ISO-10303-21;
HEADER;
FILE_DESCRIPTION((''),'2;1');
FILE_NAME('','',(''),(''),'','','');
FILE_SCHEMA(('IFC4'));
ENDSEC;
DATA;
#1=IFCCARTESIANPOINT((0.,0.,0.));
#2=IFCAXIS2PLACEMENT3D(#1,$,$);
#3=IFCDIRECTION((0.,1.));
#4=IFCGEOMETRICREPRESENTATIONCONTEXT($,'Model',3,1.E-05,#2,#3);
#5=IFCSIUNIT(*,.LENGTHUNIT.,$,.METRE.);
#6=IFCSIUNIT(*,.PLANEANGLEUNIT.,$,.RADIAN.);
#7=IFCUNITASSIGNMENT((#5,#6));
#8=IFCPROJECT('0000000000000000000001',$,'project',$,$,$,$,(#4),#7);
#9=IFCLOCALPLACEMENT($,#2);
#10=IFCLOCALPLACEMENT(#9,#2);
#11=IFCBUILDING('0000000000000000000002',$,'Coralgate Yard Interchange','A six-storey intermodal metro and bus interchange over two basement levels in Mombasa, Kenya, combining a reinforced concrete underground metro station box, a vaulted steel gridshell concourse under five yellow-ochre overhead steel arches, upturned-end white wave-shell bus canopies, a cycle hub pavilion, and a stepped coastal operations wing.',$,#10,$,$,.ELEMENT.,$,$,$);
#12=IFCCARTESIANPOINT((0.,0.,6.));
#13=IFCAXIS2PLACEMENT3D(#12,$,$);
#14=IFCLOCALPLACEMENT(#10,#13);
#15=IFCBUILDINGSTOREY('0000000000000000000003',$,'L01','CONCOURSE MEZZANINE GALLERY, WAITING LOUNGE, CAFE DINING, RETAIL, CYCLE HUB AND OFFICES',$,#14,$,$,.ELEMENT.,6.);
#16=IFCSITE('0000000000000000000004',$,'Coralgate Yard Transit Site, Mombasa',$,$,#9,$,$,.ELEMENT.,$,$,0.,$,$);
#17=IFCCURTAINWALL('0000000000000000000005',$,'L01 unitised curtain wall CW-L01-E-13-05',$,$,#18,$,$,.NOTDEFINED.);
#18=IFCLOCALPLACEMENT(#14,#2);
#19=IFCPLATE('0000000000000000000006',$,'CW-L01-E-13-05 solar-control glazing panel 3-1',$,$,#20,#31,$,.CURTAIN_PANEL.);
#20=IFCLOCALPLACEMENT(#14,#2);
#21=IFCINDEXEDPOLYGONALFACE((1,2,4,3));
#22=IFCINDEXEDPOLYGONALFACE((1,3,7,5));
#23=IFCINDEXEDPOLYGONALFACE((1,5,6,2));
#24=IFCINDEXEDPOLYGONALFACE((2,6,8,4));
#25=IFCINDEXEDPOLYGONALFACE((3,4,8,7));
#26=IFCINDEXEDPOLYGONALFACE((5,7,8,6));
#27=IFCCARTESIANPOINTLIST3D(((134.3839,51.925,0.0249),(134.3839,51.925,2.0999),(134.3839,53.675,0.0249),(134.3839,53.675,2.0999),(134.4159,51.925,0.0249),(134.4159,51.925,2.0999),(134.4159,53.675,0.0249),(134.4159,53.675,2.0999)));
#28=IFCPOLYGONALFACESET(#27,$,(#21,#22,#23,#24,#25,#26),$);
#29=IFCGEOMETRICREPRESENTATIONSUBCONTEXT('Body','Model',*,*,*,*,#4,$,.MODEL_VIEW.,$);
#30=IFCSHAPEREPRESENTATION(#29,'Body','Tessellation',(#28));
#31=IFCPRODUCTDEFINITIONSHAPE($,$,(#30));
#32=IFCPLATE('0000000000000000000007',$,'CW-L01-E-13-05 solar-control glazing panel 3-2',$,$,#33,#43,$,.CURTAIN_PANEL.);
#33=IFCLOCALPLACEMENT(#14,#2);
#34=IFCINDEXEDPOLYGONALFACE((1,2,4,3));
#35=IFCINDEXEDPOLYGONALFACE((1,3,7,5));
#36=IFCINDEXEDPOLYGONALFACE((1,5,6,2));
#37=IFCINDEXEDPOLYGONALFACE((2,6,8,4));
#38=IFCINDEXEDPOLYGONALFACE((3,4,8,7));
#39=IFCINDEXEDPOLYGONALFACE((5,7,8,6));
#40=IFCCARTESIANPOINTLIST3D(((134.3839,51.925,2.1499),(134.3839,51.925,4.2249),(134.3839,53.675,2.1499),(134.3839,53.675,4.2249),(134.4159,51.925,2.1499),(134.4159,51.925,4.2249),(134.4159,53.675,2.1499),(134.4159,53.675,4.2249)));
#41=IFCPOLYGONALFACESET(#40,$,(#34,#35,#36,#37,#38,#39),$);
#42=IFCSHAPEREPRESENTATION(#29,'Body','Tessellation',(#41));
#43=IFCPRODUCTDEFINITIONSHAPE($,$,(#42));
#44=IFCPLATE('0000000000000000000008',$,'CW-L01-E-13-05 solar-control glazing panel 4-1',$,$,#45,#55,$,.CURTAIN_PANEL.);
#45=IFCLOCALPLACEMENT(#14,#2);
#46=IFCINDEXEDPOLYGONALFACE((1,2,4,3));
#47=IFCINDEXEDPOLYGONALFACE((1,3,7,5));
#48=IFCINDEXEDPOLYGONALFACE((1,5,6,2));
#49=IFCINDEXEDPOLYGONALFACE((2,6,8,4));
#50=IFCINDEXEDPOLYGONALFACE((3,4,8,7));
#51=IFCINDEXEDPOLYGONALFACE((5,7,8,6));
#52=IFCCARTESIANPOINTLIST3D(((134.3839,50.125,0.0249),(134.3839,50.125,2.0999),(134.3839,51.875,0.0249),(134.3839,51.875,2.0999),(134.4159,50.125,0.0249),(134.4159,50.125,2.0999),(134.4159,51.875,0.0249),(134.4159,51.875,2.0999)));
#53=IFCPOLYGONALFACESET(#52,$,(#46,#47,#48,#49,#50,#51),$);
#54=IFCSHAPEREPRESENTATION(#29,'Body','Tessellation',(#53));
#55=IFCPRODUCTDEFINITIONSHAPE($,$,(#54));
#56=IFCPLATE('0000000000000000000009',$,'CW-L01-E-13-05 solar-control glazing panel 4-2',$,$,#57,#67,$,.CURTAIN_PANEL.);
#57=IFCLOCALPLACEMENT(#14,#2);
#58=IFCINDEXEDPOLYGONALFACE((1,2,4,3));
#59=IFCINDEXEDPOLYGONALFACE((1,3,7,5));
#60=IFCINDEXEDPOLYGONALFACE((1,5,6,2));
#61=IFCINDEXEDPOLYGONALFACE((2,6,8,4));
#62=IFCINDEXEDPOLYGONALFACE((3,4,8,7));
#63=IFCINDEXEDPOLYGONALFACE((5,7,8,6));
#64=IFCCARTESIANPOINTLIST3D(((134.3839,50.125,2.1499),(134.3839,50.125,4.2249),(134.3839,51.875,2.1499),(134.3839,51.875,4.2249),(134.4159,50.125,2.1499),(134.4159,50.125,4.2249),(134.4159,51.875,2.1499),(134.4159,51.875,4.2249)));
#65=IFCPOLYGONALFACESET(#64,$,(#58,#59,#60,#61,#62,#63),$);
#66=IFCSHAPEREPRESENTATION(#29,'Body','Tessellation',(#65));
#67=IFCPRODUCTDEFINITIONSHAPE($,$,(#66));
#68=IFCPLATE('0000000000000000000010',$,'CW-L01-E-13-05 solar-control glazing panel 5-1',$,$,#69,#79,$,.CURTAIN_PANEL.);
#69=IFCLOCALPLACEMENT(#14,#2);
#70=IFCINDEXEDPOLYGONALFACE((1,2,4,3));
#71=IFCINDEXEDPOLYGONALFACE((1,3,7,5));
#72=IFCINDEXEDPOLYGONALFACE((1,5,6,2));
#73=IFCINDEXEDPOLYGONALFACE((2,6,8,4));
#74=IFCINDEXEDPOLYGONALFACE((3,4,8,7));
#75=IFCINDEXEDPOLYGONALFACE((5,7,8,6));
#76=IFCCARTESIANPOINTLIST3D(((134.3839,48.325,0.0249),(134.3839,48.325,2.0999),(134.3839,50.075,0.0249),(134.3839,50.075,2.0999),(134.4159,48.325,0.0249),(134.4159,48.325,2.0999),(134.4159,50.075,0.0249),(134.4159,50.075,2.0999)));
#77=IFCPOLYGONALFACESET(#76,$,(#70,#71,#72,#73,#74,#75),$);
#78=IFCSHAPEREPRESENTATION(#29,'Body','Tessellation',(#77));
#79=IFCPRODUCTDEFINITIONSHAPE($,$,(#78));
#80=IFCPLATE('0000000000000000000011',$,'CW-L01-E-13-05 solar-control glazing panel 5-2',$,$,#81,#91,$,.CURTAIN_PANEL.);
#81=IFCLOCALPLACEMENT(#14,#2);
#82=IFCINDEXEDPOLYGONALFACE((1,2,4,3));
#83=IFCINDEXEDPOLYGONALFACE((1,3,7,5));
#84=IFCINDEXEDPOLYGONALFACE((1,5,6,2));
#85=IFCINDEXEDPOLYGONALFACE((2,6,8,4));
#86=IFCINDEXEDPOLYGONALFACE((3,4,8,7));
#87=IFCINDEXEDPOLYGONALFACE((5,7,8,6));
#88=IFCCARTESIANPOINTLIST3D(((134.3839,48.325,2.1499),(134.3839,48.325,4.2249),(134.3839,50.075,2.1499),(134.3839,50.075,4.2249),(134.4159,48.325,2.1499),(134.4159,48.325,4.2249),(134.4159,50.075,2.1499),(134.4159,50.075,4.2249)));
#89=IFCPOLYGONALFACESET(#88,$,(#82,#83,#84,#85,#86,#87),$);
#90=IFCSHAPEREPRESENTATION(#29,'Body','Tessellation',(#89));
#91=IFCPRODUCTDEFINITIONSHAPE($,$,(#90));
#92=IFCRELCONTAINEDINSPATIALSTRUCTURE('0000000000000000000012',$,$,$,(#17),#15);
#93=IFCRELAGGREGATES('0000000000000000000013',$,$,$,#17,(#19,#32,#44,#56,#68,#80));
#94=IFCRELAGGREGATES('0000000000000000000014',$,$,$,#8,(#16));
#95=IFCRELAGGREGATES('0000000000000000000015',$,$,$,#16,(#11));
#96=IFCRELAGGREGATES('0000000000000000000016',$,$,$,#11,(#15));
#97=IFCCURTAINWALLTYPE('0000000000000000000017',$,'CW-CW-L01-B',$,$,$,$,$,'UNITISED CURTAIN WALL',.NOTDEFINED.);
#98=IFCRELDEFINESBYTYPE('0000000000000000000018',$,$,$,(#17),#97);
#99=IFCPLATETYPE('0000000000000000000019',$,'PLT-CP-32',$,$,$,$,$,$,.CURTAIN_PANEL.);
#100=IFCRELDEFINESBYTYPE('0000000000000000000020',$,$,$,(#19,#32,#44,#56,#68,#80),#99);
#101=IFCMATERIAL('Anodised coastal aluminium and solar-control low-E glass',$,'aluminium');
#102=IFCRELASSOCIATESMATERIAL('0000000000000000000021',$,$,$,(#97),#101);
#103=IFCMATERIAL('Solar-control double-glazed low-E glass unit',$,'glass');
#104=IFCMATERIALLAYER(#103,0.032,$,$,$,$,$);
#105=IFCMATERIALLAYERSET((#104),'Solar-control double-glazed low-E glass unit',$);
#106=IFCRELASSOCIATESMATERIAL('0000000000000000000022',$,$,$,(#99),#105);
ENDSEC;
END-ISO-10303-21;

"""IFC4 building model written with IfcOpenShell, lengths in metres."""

from ifc_helpers import new_model, si_unit, direction, frame, origin, origin_2d, place, context, subcontext, project, spatial, rectangle, extrude, material, layer, layer_set, type_object, element, aggregate, save


model = new_model("IFC4")

# Units and contexts
model_context = context("Model", 3, precision=1e-05, world=origin(), true_north=direction((0.0, 1.0)))
body_context = subcontext(model_context, "Body", "Model", "MODEL_VIEW")
ifc_project = project(units=[si_unit("LENGTHUNIT", "METRE"), si_unit("PLANEANGLEUNIT", "RADIAN")], contexts=[model_context])

# Site, building, storey
site_placement = place(None, origin())
site = spatial("IfcSite", under=ifc_project, at=site_placement, Name="Coralgate Yard Transit Site, Mombasa", CompositionType="ELEMENT", RefElevation=0.0)
building_placement = place(site_placement, origin())
building = spatial("IfcBuilding", under=site, at=building_placement, Name="Coralgate Yard Interchange", Description="A six-storey intermodal metro and bus interchange over two basement levels in Mombasa, Kenya, combining a reinforced concrete underground metro station box, a vaulted steel gridshell concourse under five yellow-ochre overhead steel arches, upturned-end white wave-shell bus canopies, a cycle hub pavilion, and a stepped coastal operations wing.", CompositionType="ELEMENT")
storey_placement = place(building_placement, frame((0.0, 0.0, 6.0)))
storey = spatial("IfcBuildingStorey", under=building, at=storey_placement, Name="L01", Description="CONCOURSE MEZZANINE GALLERY, WAITING LOUNGE, CAFE DINING, RETAIL, CYCLE HUB AND OFFICES", CompositionType="ELEMENT", Elevation=6.0)

# Shared definitions
ifc_material_1 = material(Name="Anodised coastal aluminium and solar-control low-E glass", Category="aluminium")

# Curtain wall
curtain_wall_type_1 = type_object("IfcCurtainWallType", Name="CW-CW-L01-B", ElementType="UNITISED CURTAIN WALL", PredefinedType="NOTDEFINED", material=ifc_material_1)
curtain_wall_1_placement = place(storey_placement, origin())
curtain_wall_1 = element("IfcCurtainWall", 1, at=curtain_wall_1_placement, inside=storey, type_object=curtain_wall_type_1, Name="L01 unitised curtain wall CW-L01-E-13-05", PredefinedType="NOTDEFINED")

# Plates
ifc_material_2 = material(Name="Solar-control double-glazed low-E glass unit", Category="glass")
ifc_layer = layer(ifc_material_2, 0.032)
ifc_layer_set = layer_set([ifc_layer], Name="Solar-control double-glazed low-E glass unit")
plate_type = type_object("IfcPlateType", Name="PLT-CP-32", PredefinedType="CURTAIN_PANEL", material=ifc_layer_set)
plate_1_placement = place(storey_placement, frame((134.3999, 52.8, 0.0249), z_axis=(0.0, 0.0, 1.0), x_axis=(0.0, -1.0, 0.0)))
plate_1 = element("IfcPlate", 2, at=plate_1_placement, type_object=plate_type, Name="CW-L01-E-13-05 solar-control glazing panel 3-1", PredefinedType="CURTAIN_PANEL", context=body_context, shape_type="SweptSolid", body=[
    extrude(rectangle(XDim=1.75, YDim=0.032, at=origin_2d()), origin(), (0.0, 0.0, 1.0), 2.075),
])
plate_2_placement = place(storey_placement, frame((134.3999, 52.8, 2.1499), z_axis=(0.0, 0.0, 1.0), x_axis=(0.0, -1.0, 0.0)))
plate_2 = element("IfcPlate", 3, at=plate_2_placement, type_object=plate_type, Name="CW-L01-E-13-05 solar-control glazing panel 3-2", PredefinedType="CURTAIN_PANEL", context=body_context, shape_type="SweptSolid", body=[
    extrude(rectangle(XDim=1.75, YDim=0.032, at=origin_2d()), origin(), (0.0, 0.0, 1.0), 2.075),
])
plate_3_placement = place(storey_placement, frame((134.3999, 51.0, 0.0249), z_axis=(0.0, 0.0, 1.0), x_axis=(0.0, -1.0, 0.0)))
plate_3 = element("IfcPlate", 4, at=plate_3_placement, type_object=plate_type, Name="CW-L01-E-13-05 solar-control glazing panel 4-1", PredefinedType="CURTAIN_PANEL", context=body_context, shape_type="SweptSolid", body=[
    extrude(rectangle(XDim=1.75, YDim=0.032, at=origin_2d()), origin(), (0.0, 0.0, 1.0), 2.075),
])
plate_4_placement = place(storey_placement, frame((134.3999, 51.0, 2.1499), z_axis=(0.0, 0.0, 1.0), x_axis=(0.0, -1.0, 0.0)))
plate_4 = element("IfcPlate", 5, at=plate_4_placement, type_object=plate_type, Name="CW-L01-E-13-05 solar-control glazing panel 4-2", PredefinedType="CURTAIN_PANEL", context=body_context, shape_type="SweptSolid", body=[
    extrude(rectangle(XDim=1.75, YDim=0.032, at=origin_2d()), origin(), (0.0, 0.0, 1.0), 2.075),
])
plate_5_placement = place(storey_placement, frame((134.3999, 49.2, 0.0249), z_axis=(0.0, 0.0, 1.0), x_axis=(0.0, -1.0, 0.0)))
plate_5 = element("IfcPlate", 6, at=plate_5_placement, type_object=plate_type, Name="CW-L01-E-13-05 solar-control glazing panel 5-1", PredefinedType="CURTAIN_PANEL", context=body_context, shape_type="SweptSolid", body=[
    extrude(rectangle(XDim=1.75, YDim=0.032, at=origin_2d()), origin(), (0.0, 0.0, 1.0), 2.075),
])
plate_6_placement = place(storey_placement, frame((134.3999, 49.2, 2.1499), z_axis=(0.0, 0.0, 1.0), x_axis=(0.0, -1.0, 0.0)))
plate_6 = element("IfcPlate", 7, at=plate_6_placement, type_object=plate_type, Name="CW-L01-E-13-05 solar-control glazing panel 5-2", PredefinedType="CURTAIN_PANEL", context=body_context, shape_type="SweptSolid", body=[
    extrude(rectangle(XDim=1.75, YDim=0.032, at=origin_2d()), origin(), (0.0, 0.0, 1.0), 2.075),
])
aggregate(curtain_wall_1, [plate_1, plate_2, plate_3, plate_4, plate_5, plate_6])

save(model, "model.ifc")
